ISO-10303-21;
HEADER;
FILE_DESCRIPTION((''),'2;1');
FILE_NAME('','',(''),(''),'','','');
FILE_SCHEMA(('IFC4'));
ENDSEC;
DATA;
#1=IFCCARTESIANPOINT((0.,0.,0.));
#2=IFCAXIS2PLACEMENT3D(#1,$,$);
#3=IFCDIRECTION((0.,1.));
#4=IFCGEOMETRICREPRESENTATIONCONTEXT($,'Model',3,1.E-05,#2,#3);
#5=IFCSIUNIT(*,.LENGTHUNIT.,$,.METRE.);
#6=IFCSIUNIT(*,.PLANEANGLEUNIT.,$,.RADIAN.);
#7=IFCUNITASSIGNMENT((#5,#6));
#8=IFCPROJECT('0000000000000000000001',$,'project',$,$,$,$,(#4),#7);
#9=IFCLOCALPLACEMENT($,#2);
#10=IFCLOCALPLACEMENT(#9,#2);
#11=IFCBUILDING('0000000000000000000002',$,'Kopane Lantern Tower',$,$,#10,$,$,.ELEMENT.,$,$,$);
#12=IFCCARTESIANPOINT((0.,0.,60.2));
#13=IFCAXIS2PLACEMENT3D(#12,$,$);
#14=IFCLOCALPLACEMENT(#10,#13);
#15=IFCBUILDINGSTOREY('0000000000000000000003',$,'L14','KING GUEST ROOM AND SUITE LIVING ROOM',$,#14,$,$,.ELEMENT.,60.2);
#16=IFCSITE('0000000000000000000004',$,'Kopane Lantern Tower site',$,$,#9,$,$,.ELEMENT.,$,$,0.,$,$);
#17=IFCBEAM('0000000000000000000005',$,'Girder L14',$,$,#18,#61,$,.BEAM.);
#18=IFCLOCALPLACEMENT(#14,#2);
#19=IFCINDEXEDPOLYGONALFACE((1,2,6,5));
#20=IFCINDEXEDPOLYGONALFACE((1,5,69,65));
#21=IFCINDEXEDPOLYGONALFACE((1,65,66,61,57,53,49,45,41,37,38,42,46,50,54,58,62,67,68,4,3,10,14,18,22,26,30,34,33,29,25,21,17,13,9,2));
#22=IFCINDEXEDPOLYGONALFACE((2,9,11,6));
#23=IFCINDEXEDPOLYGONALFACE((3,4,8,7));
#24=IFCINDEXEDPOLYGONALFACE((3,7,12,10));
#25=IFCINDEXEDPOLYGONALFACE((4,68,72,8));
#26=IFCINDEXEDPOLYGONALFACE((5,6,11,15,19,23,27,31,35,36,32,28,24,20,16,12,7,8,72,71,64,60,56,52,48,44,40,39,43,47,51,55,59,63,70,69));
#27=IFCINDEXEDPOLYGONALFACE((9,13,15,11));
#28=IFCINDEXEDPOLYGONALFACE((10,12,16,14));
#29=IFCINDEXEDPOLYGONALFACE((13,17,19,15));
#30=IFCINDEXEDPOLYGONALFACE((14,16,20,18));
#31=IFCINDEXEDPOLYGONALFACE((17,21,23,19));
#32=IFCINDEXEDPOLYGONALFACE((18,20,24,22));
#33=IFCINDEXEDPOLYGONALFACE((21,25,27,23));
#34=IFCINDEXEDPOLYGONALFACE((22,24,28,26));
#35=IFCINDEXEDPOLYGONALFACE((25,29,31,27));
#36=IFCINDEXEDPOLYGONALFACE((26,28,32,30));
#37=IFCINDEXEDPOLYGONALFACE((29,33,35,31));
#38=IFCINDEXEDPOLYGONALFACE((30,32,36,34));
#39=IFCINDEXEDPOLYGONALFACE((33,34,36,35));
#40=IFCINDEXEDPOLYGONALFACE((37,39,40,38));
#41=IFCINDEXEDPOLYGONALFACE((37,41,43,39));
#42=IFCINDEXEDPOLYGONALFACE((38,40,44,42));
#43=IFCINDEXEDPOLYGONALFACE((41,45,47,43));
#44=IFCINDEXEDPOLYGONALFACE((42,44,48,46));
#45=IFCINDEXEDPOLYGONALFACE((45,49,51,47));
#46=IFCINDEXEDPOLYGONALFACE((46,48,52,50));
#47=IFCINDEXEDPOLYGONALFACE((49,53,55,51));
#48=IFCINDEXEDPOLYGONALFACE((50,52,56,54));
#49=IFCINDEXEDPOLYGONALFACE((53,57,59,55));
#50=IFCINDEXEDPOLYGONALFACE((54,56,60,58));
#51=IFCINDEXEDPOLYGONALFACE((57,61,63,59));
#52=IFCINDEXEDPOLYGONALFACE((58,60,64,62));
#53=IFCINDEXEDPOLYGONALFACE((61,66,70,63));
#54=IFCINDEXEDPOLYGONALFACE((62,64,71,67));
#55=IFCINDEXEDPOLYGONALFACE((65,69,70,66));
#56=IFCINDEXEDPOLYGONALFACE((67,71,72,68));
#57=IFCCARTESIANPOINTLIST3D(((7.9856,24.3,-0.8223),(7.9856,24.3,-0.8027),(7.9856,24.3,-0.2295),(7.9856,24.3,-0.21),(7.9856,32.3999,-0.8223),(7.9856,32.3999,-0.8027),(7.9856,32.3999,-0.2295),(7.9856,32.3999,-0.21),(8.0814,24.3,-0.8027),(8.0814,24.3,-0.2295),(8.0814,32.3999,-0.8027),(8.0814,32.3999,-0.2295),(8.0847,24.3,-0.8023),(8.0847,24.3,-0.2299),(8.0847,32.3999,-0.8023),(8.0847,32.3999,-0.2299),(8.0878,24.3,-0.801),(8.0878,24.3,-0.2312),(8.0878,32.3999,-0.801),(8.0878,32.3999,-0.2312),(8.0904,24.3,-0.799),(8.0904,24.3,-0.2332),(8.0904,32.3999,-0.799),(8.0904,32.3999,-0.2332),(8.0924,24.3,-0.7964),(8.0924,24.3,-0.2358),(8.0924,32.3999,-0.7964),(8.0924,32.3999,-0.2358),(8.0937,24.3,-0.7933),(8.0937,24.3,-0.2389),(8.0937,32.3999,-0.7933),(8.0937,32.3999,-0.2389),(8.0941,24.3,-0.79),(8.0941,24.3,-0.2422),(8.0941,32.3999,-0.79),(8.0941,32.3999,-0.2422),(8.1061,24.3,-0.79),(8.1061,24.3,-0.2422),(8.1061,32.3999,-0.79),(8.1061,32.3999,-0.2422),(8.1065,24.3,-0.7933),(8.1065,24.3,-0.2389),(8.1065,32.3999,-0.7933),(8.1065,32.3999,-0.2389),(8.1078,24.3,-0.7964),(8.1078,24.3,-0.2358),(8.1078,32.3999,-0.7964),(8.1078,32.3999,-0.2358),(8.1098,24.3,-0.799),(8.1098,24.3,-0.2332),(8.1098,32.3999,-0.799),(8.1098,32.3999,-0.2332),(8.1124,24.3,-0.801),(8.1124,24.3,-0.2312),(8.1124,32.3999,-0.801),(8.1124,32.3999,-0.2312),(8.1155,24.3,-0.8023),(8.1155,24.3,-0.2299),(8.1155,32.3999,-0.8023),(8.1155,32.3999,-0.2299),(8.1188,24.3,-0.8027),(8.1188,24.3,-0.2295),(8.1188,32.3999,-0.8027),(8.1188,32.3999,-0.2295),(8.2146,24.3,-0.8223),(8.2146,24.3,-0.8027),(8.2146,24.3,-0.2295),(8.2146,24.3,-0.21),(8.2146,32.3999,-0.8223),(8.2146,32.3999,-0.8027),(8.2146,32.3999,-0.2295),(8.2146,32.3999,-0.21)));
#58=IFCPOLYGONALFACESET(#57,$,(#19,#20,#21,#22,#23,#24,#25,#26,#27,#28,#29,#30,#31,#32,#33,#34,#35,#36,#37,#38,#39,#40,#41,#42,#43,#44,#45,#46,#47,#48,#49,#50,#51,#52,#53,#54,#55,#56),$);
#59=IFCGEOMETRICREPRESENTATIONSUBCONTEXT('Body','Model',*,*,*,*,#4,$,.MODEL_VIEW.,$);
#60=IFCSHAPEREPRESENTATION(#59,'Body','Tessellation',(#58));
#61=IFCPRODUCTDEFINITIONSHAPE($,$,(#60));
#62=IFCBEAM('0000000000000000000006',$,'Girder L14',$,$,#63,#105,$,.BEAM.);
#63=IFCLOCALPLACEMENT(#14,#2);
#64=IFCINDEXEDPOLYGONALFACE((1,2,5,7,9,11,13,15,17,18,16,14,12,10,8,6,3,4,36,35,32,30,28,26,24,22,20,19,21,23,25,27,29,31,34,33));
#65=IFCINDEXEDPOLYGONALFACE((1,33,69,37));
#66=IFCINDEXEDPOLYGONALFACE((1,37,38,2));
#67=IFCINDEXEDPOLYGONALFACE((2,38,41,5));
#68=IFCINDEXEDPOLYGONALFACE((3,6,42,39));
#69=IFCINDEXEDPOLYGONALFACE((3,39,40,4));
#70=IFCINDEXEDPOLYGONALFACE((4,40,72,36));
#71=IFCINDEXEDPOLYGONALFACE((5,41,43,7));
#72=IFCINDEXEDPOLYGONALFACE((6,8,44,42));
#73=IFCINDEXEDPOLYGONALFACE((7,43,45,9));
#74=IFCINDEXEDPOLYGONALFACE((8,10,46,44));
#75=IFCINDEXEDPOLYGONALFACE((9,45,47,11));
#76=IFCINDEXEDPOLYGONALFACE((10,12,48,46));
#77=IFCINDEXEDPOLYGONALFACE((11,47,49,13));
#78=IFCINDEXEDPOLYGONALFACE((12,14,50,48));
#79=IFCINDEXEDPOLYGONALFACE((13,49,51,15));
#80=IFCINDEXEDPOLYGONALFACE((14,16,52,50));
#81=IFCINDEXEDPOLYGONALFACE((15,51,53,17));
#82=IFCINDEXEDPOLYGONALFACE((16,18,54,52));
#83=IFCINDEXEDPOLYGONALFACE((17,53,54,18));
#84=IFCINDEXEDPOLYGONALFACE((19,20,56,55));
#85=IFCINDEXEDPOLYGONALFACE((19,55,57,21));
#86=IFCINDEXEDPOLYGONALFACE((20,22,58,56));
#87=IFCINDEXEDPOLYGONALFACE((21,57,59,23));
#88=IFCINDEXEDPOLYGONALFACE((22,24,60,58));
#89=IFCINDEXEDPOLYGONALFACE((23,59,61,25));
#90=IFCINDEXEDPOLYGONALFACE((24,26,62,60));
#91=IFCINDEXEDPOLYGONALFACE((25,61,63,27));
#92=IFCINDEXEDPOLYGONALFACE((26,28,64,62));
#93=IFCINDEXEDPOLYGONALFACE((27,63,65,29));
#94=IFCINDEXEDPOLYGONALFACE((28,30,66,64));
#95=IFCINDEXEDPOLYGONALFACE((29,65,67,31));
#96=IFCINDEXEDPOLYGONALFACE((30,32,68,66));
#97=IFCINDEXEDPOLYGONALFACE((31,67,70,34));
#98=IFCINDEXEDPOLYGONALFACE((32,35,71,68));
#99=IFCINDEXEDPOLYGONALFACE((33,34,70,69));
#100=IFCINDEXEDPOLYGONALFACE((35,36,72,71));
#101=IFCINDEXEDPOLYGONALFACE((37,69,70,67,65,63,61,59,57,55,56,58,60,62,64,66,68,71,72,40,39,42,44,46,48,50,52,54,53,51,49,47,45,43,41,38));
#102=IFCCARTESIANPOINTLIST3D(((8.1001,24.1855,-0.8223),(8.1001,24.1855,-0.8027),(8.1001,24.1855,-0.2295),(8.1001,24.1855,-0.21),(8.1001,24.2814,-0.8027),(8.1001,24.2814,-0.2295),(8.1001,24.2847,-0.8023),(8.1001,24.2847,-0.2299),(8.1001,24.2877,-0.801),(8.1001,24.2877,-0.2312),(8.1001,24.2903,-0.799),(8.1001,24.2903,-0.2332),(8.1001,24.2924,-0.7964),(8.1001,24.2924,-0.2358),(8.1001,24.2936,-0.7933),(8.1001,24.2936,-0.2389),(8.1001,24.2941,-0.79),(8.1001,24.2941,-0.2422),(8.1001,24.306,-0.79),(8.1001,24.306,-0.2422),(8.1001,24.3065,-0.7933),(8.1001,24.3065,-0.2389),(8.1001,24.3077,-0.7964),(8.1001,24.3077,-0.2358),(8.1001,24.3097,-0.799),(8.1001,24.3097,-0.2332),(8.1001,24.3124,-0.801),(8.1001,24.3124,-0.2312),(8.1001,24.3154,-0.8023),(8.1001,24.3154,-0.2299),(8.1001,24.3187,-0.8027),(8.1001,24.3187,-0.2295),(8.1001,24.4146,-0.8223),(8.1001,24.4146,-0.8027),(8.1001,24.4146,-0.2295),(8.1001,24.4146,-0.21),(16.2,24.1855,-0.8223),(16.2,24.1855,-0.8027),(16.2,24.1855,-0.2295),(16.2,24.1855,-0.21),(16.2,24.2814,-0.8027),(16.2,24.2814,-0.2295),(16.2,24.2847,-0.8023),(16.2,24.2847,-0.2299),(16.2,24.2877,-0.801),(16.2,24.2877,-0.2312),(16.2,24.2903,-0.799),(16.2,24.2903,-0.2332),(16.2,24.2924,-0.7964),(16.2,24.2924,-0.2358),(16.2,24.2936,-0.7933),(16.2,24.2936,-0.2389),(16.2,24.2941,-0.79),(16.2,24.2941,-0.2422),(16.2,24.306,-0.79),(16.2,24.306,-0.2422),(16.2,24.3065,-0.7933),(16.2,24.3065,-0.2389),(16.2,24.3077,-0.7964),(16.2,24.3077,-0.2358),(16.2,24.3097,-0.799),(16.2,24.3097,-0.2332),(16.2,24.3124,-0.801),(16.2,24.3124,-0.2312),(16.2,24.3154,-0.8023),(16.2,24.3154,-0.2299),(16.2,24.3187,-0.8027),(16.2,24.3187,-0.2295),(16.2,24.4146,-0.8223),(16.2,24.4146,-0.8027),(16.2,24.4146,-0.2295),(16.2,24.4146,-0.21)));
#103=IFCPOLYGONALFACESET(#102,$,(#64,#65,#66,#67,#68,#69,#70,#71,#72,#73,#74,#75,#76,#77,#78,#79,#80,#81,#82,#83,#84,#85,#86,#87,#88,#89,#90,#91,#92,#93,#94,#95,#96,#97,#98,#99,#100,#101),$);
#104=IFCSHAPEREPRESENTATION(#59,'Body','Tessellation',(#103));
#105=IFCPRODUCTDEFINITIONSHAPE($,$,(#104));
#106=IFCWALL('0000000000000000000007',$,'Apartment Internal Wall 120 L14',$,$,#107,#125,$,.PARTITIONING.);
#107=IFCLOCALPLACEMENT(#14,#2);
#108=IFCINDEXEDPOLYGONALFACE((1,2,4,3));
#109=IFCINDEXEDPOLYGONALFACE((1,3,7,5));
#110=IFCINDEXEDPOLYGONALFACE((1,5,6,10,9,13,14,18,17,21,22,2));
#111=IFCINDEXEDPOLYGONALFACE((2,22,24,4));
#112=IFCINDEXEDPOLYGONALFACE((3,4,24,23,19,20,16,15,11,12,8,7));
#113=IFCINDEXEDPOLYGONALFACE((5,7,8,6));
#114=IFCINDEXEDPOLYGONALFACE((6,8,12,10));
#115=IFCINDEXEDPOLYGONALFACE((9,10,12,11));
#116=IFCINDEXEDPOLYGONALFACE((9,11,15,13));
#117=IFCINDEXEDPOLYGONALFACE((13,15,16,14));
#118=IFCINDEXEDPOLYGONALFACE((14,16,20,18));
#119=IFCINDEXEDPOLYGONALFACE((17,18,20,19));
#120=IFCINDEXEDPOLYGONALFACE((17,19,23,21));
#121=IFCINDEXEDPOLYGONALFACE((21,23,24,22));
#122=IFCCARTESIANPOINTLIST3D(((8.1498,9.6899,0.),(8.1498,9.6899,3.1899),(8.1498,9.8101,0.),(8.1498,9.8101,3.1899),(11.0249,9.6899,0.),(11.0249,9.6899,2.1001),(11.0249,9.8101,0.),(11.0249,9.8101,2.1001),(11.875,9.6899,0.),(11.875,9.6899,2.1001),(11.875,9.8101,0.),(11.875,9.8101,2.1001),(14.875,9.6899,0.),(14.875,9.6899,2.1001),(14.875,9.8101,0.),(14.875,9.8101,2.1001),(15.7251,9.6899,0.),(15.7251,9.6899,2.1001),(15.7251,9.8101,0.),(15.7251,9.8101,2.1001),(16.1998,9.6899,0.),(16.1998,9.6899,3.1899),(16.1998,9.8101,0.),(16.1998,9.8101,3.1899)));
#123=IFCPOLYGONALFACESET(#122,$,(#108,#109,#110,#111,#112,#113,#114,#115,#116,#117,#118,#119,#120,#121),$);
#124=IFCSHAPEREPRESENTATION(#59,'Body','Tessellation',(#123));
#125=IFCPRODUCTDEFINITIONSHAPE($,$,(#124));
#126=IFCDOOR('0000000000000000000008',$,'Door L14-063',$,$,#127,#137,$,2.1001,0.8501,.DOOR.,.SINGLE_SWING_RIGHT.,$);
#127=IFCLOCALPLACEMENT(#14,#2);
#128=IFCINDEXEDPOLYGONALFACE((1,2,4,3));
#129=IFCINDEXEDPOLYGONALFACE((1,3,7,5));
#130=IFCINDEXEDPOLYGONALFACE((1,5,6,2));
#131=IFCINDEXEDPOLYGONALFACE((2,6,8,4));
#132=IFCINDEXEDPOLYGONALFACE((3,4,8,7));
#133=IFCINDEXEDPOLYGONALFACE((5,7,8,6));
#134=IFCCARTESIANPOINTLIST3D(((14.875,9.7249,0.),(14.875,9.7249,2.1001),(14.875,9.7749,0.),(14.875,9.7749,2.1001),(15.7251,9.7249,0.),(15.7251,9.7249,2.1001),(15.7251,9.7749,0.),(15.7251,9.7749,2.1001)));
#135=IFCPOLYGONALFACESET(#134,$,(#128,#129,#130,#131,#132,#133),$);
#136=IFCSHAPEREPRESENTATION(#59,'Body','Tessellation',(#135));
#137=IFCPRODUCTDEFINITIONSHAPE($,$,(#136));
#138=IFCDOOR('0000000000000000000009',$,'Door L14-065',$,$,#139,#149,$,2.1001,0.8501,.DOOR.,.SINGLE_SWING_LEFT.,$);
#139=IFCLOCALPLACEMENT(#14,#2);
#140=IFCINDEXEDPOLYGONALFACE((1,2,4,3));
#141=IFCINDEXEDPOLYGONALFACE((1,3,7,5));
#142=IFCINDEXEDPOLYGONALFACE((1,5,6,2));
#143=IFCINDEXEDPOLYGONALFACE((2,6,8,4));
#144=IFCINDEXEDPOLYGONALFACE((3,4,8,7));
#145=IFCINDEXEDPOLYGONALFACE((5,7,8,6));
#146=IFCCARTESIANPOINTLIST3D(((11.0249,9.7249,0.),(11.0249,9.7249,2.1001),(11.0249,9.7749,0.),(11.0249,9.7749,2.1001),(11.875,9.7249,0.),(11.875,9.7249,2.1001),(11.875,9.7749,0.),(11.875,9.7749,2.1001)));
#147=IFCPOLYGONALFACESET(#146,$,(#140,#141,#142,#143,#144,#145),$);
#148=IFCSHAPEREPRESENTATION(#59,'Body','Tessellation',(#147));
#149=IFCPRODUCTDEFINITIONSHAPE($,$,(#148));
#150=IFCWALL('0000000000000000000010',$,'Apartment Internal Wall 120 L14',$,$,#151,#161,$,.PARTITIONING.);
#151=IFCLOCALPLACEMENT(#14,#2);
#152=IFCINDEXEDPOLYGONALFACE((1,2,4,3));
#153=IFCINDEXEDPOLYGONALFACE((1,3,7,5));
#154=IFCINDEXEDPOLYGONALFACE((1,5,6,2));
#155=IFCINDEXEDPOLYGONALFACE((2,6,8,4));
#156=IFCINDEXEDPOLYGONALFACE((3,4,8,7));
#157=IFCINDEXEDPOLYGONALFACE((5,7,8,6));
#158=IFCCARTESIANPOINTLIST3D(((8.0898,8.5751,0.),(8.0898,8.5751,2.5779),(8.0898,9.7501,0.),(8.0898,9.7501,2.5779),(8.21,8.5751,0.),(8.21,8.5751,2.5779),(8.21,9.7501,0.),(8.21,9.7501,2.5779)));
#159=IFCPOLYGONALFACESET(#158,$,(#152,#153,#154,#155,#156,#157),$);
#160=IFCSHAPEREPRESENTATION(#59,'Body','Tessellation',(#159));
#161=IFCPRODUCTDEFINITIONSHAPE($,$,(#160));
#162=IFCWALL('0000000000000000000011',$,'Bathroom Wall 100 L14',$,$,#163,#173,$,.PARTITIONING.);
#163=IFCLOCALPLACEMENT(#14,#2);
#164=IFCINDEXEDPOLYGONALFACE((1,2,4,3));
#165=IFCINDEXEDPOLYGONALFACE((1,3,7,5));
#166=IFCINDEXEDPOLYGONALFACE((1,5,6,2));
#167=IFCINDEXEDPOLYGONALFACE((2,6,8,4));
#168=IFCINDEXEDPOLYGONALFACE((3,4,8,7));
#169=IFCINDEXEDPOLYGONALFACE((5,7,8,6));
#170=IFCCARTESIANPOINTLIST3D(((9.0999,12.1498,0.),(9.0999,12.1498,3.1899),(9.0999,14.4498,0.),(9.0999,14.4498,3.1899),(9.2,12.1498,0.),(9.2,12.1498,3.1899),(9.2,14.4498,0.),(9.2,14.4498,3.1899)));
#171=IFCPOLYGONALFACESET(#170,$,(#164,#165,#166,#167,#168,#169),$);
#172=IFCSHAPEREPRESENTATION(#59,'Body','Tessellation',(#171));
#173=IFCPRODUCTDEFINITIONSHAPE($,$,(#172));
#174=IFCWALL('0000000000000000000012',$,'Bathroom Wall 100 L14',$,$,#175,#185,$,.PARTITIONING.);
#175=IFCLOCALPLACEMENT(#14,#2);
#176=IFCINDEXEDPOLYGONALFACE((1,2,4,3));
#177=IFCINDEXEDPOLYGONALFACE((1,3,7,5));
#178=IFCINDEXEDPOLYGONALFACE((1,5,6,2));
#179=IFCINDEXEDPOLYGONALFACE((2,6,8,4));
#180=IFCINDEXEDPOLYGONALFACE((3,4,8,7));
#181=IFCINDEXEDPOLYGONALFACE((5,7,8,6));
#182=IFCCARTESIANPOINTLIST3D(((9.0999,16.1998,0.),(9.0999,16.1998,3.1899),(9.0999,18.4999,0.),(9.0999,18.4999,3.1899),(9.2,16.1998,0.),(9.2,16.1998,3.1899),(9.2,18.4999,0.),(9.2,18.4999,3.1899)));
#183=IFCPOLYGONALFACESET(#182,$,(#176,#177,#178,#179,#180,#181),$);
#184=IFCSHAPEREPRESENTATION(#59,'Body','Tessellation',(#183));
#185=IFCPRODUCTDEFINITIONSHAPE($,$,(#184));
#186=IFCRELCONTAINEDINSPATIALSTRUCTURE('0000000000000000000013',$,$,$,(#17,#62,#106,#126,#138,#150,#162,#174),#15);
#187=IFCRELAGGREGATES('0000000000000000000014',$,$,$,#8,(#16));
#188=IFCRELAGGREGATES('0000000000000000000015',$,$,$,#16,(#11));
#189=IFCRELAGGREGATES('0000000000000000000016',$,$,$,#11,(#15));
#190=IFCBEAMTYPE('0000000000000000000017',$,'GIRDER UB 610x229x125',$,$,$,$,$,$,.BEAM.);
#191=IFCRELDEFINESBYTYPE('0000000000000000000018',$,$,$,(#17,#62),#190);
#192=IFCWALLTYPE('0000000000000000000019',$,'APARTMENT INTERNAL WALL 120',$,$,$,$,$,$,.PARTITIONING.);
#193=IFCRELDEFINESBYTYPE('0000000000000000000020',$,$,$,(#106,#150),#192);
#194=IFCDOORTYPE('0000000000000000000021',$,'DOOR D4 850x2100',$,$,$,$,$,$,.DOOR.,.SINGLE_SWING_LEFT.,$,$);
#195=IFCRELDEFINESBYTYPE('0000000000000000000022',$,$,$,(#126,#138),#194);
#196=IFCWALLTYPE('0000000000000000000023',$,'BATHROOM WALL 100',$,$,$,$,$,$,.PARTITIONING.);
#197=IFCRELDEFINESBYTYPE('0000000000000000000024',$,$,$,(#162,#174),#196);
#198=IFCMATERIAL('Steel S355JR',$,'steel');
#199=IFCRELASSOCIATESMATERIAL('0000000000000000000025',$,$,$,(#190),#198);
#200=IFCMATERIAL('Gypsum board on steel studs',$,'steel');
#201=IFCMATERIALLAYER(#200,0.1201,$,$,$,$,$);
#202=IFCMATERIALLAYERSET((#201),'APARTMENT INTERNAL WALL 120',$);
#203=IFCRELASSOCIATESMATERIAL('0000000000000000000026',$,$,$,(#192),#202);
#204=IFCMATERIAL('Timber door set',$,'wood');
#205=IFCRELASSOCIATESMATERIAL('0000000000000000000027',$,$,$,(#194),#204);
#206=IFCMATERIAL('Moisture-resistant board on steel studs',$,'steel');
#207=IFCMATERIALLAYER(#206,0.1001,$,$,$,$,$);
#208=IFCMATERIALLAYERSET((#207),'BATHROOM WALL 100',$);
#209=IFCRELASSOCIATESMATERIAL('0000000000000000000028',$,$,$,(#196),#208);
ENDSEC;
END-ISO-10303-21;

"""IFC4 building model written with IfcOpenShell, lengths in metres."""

from ifc_helpers import new_model, si_unit, direction, frame, frame_2d, origin, origin_2d, place, context, subcontext, project, spatial, rectangle, i_section, extrude, material, layer, layer_set, material_profile, profile_set, type_object, element, fill, save


model = new_model("IFC4")

# Units and contexts
model_context = context("Model", 3, precision=1e-05, world=origin(), true_north=direction((0.0, 1.0)))
body_context = subcontext(model_context, "Body", "Model", "MODEL_VIEW")
ifc_project = project(units=[si_unit("LENGTHUNIT", "METRE"), si_unit("PLANEANGLEUNIT", "RADIAN")], contexts=[model_context])

# Site, building, storey
site_placement = place(None, origin())
site = spatial("IfcSite", under=ifc_project, at=site_placement, Name="Kopane Lantern Tower site", CompositionType="ELEMENT", RefElevation=0.0)
building_placement = place(site_placement, origin())
building = spatial("IfcBuilding", under=site, at=building_placement, Name="Kopane Lantern Tower", CompositionType="ELEMENT")
storey_placement = place(building_placement, frame((0.0, 0.0, 60.2)))
storey = spatial("IfcBuildingStorey", under=building, at=storey_placement, Name="L14", Description="KING GUEST ROOM AND SUITE LIVING ROOM", CompositionType="ELEMENT", Elevation=60.2)

# Beams
ifc_material_1 = material(Name="Steel S355JR", Category="steel")
ifc_material_profile_1 = material_profile(ifc_material_1, i_section(OverallWidth=0.229, OverallDepth=0.6123, WebThickness=0.012, FlangeThickness=0.0195, FilletRadius=0.0127, at=origin_2d()), Name="UB 610x229x125")
ifc_profile_set_1 = profile_set([ifc_material_profile_1], Name="Steel S355JR")
beam_type = type_object("IfcBeamType", Name="GIRDER UB 610x229x125", PredefinedType="BEAM", material=ifc_profile_set_1)
for number, where, z_axis, x_axis, name in (
    (1, (8.1001, 24.3, -0.5161), (0.0, 1.0, 0.0), (-1.0, 0.0, 0.0), "Girder L14"),
    (2, (8.1001, 24.3, -0.5161), (1.0, 0.0, 0.0), (0.0, 1.0, 0.0), "Girder L14"),
):
    element("IfcBeam", number, at=place(storey_placement, frame(where, z_axis=z_axis, x_axis=x_axis)), inside=storey, type_object=beam_type, Name=name, PredefinedType="BEAM", context=body_context, shape_type="SweptSolid", body=[
        extrude(i_section(OverallWidth=0.229, OverallDepth=0.6123, WebThickness=0.012, FlangeThickness=0.0195, FilletRadius=0.0127, at=origin_2d()), origin(), (0.0, 0.0, 1.0), 8.0999),
    ])

# Wall, openings, doors
ifc_material_2 = material(Name="Gypsum board on steel studs", Category="steel")
ifc_layer_1 = layer(ifc_material_2, 0.1201)
ifc_layer_set_1 = layer_set([ifc_layer_1], Name="APARTMENT INTERNAL WALL 120")
wall_type_1 = type_object("IfcWallType", Name="APARTMENT INTERNAL WALL 120", PredefinedType="PARTITIONING", material=ifc_layer_set_1)
wall_1_placement = place(storey_placement, frame((8.1499, 9.75, 0.0), z_axis=(0.0, 0.0, 1.0), x_axis=(1.0, 0.0, 0.0)))
wall_1 = element("IfcWall", 3, at=wall_1_placement, inside=storey, type_object=wall_type_1, Name="Apartment Internal Wall 120 L14", PredefinedType="PARTITIONING", context=body_context, shape_type="SweptSolid", body=[
    extrude(rectangle(XDim=8.05, YDim=0.1201, at=frame_2d((4.0249, 0.0))), origin(), (0.0, 0.0, 1.0), 3.1899),
])
opening_1_placement = place(wall_1_placement, frame((6.7251, 0.0, 0.0)))
opening_1 = element("IfcOpeningElement", 4, at=opening_1_placement, cuts=wall_1, PredefinedType="OPENING", context=body_context, shape_type="SweptSolid", body=[
    extrude(rectangle(XDim=0.8501, YDim=2.1001, at=frame_2d((0.425, 1.05))), frame((0.0, 0.0701, 0.0), z_axis=(0.0, -1.0, 0.0), x_axis=(1.0, 0.0, 0.0)), (0.0, 0.0, 1.0), 0.1401),
])
opening_2_placement = place(wall_1_placement, frame((2.875, 0.0, 0.0)))
opening_2 = element("IfcOpeningElement", 5, at=opening_2_placement, cuts=wall_1, PredefinedType="OPENING", context=body_context, shape_type="SweptSolid", body=[
    extrude(rectangle(XDim=0.8501, YDim=2.1001, at=frame_2d((0.425, 1.05))), frame((0.0, 0.0701, 0.0), z_axis=(0.0, -1.0, 0.0), x_axis=(1.0, 0.0, 0.0)), (0.0, 0.0, 1.0), 0.1401),
])
ifc_material_3 = material(Name="Timber door set", Category="wood")
door_type = type_object("IfcDoorType", Name="DOOR D4 850x2100", OperationType="SINGLE_SWING_LEFT", PredefinedType="DOOR", material=ifc_material_3)
door_1_placement = place(opening_1_placement, origin())
door_1 = element("IfcDoor", 6, at=door_1_placement, inside=storey, type_object=door_type, Name="Door L14-063", OperationType="SINGLE_SWING_RIGHT", OverallHeight=2.1001, OverallWidth=0.8501, PredefinedType="DOOR", context=body_context, shape_type="SweptSolid", body=[
    extrude(rectangle(XDim=0.8501, YDim=2.1001, at=frame_2d((0.425, 1.05))), frame((0.0, 0.0249, 0.0), z_axis=(0.0, -1.0, 0.0), x_axis=(1.0, 0.0, 0.0)), (0.0, 0.0, 1.0), 0.05),
])
fill(opening_1, door_1)
door_2_placement = place(opening_2_placement, origin())
door_2 = element("IfcDoor", 7, at=door_2_placement, inside=storey, type_object=door_type, Name="Door L14-065", OperationType="SINGLE_SWING_LEFT", OverallHeight=2.1001, OverallWidth=0.8501, PredefinedType="DOOR", context=body_context, shape_type="SweptSolid", body=[
    extrude(rectangle(XDim=0.8501, YDim=2.1001, at=frame_2d((0.425, 1.05))), frame((0.0, 0.0249, 0.0), z_axis=(0.0, -1.0, 0.0), x_axis=(1.0, 0.0, 0.0)), (0.0, 0.0, 1.0), 0.05),
])
fill(opening_2, door_2)

# Walls
wall_2_placement = place(storey_placement, frame((8.1499, 9.75, 0.0), z_axis=(0.0, 0.0, 1.0), x_axis=(0.0, -1.0, 0.0)))
element("IfcWall", 8, at=wall_2_placement, inside=storey, type_object=wall_type_1, Name="Apartment Internal Wall 120 L14", PredefinedType="PARTITIONING", context=body_context, shape_type="SweptSolid", body=[
    extrude(rectangle(XDim=1.175, YDim=0.1201, at=frame_2d((0.5874, 0.0))), origin(), (0.0, 0.0, 1.0), 2.5779),
])
ifc_material_4 = material(Name="Moisture-resistant board on steel studs", Category="steel")
ifc_layer_2 = layer(ifc_material_4, 0.1001)
ifc_layer_set_2 = layer_set([ifc_layer_2], Name="BATHROOM WALL 100")
wall_type_2 = type_object("IfcWallType", Name="BATHROOM WALL 100", PredefinedType="PARTITIONING", material=ifc_layer_set_2)
for number, where, z_axis, x_axis, name in (
    (9, (9.1499, 12.1499, 0.0), (0.0, 0.0, 1.0), (0.0, 1.0, 0.0), "Bathroom Wall 100 L14"),
    (10, (9.1499, 16.2, 0.0), (0.0, 0.0, 1.0), (0.0, 1.0, 0.0), "Bathroom Wall 100 L14"),
):
    element("IfcWall", number, at=place(storey_placement, frame(where, z_axis=z_axis, x_axis=x_axis)), inside=storey, type_object=wall_type_2, Name=name, PredefinedType="PARTITIONING", context=body_context, shape_type="SweptSolid", body=[
        extrude(rectangle(XDim=2.3, YDim=0.1001, at=frame_2d((1.1499, 0.0))), origin(), (0.0, 0.0, 1.0), 3.1899),
    ])

save(model, "model.ifc")
